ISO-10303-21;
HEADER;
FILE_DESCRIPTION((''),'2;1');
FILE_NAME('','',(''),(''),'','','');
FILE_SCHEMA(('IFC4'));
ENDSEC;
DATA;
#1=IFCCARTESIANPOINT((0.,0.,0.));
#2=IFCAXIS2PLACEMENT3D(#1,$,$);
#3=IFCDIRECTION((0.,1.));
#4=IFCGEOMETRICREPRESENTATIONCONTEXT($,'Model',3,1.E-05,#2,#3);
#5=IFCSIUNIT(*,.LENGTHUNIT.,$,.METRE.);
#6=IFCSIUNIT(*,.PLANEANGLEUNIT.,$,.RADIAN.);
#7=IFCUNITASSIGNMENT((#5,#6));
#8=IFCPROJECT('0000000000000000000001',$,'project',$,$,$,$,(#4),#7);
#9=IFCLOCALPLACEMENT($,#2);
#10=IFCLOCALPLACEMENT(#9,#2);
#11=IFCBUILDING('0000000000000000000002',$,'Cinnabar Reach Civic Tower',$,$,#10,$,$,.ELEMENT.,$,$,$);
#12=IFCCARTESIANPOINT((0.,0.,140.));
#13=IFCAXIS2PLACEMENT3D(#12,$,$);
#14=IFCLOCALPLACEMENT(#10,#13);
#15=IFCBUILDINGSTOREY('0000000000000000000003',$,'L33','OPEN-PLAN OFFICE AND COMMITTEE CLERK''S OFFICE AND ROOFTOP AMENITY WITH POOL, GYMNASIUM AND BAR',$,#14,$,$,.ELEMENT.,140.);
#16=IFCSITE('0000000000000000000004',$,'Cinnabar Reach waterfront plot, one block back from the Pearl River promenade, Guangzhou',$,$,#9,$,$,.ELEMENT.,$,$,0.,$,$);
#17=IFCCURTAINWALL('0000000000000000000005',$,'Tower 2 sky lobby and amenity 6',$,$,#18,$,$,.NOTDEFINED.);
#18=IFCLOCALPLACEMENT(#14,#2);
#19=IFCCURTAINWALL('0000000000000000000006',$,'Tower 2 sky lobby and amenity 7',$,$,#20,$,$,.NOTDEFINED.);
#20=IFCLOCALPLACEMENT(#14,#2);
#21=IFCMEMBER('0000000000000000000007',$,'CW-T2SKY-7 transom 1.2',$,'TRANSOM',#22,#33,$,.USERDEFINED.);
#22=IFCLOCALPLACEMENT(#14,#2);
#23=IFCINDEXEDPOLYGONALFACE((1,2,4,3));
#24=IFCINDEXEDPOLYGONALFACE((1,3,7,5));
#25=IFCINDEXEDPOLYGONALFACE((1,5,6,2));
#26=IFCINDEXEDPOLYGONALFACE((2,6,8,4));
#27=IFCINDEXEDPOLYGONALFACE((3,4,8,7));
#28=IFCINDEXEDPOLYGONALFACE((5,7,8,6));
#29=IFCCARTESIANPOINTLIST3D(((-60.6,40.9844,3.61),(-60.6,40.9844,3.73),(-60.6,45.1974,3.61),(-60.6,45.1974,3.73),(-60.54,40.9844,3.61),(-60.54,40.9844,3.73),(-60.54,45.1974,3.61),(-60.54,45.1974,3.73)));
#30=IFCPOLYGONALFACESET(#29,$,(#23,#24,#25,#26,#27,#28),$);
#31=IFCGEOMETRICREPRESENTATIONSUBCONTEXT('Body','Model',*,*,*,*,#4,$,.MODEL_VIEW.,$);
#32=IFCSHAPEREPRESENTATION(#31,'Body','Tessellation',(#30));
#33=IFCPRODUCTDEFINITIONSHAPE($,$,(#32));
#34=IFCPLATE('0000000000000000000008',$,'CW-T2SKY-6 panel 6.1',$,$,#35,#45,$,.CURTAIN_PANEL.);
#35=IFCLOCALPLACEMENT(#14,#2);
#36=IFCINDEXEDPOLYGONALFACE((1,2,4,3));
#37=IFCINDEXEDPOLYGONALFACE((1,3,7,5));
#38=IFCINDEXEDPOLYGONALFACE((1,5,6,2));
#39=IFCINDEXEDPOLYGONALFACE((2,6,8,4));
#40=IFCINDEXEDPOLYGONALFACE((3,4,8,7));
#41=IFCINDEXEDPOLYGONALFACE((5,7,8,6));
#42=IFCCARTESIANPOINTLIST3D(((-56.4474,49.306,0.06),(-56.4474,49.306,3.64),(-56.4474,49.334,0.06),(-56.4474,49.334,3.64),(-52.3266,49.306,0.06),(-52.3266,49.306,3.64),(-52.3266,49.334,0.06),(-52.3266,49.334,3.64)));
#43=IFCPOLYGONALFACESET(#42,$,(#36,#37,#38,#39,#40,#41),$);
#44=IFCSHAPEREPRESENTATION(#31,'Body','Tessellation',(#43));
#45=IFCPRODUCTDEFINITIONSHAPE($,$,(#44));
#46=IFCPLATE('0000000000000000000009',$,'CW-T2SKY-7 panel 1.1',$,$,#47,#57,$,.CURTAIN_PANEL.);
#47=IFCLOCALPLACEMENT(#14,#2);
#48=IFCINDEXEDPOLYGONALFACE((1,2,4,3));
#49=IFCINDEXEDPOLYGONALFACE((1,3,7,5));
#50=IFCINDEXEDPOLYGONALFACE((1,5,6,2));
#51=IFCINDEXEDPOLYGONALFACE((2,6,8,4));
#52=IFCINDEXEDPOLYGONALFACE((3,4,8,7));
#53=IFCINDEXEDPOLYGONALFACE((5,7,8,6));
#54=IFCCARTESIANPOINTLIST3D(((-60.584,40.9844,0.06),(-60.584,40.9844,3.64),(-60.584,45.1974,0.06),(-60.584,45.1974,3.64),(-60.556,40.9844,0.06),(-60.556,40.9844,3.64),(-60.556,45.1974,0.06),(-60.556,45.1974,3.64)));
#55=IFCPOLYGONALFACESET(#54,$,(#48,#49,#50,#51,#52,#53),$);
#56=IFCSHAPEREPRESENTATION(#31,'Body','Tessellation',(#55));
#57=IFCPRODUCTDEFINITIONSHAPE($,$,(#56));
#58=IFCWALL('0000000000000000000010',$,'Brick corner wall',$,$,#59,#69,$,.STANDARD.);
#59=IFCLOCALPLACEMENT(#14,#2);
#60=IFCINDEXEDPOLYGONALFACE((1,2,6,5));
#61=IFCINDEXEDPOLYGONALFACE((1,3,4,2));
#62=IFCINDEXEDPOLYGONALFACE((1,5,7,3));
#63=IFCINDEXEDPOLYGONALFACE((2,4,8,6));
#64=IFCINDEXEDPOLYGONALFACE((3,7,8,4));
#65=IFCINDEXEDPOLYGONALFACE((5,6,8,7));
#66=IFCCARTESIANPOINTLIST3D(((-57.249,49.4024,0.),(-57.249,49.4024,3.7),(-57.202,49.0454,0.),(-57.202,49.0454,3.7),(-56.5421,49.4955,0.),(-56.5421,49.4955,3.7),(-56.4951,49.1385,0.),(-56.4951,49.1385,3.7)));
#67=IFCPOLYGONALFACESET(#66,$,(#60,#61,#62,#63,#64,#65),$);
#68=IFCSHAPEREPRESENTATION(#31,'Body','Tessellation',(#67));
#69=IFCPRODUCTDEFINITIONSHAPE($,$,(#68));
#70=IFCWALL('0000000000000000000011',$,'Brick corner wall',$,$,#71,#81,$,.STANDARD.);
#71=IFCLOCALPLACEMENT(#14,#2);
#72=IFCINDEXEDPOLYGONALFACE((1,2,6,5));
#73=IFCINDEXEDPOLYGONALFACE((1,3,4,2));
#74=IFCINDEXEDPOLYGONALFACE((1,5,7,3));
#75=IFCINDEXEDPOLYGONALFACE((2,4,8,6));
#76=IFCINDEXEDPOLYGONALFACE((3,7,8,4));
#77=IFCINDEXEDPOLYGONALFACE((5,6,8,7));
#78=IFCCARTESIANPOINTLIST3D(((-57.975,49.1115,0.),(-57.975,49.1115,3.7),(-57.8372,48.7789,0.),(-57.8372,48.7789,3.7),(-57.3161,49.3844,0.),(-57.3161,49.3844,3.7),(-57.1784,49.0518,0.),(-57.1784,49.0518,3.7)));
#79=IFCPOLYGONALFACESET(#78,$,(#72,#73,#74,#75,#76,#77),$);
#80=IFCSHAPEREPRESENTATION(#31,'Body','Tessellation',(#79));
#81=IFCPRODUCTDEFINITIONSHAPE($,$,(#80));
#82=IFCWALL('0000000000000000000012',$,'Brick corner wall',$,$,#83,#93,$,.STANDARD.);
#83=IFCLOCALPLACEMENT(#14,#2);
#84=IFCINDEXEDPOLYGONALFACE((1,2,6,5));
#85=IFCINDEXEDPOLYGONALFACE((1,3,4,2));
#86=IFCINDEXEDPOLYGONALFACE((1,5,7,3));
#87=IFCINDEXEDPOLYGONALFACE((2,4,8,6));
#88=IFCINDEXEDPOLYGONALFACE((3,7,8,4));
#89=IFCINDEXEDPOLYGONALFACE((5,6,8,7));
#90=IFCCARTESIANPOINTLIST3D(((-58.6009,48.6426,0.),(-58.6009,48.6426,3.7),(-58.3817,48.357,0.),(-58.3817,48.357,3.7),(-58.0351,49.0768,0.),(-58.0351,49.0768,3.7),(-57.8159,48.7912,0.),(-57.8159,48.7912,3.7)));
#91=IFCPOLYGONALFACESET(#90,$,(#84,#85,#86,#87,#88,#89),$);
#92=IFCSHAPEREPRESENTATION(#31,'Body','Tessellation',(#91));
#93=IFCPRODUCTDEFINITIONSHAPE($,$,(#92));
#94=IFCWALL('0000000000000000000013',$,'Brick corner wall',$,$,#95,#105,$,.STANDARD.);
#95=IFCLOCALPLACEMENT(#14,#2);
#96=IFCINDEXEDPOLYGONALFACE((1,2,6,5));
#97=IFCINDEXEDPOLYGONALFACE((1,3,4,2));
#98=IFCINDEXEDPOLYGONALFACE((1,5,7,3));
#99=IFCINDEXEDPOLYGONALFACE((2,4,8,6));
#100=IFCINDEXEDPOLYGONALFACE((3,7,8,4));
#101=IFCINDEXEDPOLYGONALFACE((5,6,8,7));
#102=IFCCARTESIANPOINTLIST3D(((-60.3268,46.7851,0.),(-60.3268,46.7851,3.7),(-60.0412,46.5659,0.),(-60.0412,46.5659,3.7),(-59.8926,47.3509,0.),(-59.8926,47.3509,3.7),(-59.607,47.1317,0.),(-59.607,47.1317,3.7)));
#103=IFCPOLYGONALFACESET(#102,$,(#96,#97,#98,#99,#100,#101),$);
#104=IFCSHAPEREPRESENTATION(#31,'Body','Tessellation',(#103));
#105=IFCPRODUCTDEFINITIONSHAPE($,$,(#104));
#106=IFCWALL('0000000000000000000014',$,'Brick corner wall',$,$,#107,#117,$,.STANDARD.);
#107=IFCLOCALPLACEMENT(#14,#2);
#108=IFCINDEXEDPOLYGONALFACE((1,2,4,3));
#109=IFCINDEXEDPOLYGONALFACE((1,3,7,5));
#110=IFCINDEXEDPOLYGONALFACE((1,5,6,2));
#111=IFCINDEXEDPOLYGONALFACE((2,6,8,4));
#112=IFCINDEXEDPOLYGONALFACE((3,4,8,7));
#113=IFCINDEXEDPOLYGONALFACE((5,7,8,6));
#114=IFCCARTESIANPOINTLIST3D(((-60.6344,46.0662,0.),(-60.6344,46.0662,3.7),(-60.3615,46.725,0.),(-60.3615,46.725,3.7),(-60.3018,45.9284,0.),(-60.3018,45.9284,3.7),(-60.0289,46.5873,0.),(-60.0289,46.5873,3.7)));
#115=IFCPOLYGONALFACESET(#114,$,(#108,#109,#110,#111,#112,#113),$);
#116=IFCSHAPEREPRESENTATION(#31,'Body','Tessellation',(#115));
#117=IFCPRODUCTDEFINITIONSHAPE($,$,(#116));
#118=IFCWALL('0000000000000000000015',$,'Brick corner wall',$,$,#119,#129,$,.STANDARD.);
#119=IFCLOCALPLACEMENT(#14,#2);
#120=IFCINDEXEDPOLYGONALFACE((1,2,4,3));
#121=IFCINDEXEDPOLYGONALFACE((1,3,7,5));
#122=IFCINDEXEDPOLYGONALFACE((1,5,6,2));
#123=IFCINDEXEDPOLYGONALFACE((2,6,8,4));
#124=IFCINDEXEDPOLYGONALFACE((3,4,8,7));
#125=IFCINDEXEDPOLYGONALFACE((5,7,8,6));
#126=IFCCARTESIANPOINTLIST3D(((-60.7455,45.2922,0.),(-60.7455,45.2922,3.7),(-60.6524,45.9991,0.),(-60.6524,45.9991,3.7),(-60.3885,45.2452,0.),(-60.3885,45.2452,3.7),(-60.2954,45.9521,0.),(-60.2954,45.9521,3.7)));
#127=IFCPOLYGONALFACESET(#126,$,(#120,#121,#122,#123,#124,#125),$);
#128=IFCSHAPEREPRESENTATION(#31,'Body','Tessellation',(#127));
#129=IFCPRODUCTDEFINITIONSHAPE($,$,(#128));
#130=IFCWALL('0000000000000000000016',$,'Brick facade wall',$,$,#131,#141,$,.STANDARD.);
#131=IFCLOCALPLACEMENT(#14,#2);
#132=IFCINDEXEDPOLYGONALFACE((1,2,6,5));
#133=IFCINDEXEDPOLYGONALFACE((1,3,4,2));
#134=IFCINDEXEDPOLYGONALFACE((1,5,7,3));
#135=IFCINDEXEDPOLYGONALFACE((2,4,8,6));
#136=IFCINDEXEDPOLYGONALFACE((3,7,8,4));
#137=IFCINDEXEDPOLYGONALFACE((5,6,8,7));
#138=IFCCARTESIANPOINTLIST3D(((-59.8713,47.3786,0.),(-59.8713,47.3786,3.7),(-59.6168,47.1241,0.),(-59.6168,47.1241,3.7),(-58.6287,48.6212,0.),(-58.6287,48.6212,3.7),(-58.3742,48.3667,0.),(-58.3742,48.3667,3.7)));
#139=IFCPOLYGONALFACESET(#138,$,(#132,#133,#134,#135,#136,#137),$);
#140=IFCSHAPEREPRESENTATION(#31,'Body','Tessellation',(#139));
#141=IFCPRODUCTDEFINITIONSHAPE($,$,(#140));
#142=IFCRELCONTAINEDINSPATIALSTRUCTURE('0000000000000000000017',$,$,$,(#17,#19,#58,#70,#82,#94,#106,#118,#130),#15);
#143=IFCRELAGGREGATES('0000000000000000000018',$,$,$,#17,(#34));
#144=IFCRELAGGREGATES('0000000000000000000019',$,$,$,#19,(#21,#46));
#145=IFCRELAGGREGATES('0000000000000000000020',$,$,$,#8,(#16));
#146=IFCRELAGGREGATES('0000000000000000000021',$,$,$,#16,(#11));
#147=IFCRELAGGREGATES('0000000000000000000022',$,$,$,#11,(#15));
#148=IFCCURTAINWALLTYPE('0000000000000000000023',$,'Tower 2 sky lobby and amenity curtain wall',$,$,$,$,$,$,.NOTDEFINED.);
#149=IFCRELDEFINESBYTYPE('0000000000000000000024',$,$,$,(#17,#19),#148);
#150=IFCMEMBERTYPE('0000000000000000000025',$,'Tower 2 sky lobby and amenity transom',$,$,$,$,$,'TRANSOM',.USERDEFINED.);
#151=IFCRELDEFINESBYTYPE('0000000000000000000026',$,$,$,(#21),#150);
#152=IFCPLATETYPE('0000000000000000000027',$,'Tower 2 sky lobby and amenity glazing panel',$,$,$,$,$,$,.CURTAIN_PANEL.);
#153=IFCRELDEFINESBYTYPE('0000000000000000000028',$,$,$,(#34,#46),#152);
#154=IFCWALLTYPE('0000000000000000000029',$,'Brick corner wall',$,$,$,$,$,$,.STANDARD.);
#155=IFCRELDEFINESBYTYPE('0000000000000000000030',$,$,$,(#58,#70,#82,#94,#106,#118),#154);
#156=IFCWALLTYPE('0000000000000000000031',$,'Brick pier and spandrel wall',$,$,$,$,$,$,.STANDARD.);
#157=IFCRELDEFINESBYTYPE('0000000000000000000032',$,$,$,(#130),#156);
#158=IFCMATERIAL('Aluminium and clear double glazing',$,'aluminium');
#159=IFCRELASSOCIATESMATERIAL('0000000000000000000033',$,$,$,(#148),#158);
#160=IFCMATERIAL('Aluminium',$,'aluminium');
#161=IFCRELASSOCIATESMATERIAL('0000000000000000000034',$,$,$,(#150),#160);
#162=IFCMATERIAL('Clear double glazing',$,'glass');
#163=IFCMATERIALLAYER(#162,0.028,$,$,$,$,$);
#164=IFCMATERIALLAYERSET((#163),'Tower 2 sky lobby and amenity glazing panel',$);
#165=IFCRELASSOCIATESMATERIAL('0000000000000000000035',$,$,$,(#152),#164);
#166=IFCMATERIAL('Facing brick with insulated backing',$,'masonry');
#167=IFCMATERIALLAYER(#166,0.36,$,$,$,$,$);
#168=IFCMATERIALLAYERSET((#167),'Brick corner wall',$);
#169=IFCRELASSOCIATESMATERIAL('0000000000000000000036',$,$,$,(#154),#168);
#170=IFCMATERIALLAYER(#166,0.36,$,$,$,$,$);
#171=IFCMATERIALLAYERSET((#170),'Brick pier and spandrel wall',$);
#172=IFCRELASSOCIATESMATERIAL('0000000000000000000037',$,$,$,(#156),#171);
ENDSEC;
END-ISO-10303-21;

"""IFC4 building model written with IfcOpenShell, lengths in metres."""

from ifc_helpers import new_model, si_unit, direction, frame, frame_2d, origin, origin_2d, place, context, subcontext, project, spatial, rectangle, extrude, material, layer, layer_set, material_profile, profile_set, type_object, element, aggregate, save


model = new_model("IFC4")

# Units and contexts
model_context = context("Model", 3, precision=1e-05, world=origin(), true_north=direction((0.0, 1.0)))
body_context = subcontext(model_context, "Body", "Model", "MODEL_VIEW")
ifc_project = project(units=[si_unit("LENGTHUNIT", "METRE"), si_unit("PLANEANGLEUNIT", "RADIAN")], contexts=[model_context])

# Site, building, storey
site_placement = place(None, origin())
site = spatial("IfcSite", under=ifc_project, at=site_placement, Name="Cinnabar Reach waterfront plot, one block back from the Pearl River promenade, Guangzhou", CompositionType="ELEMENT", RefElevation=0.0)
building_placement = place(site_placement, origin())
building = spatial("IfcBuilding", under=site, at=building_placement, Name="Cinnabar Reach Civic Tower", CompositionType="ELEMENT")
storey_placement = place(building_placement, frame((0.0, 0.0, 140.0)))
storey = spatial("IfcBuildingStorey", under=building, at=storey_placement, Name="L33", Description="OPEN-PLAN OFFICE AND COMMITTEE CLERK'S OFFICE AND ROOFTOP AMENITY WITH POOL, GYMNASIUM AND BAR", CompositionType="ELEMENT", Elevation=140.0)

# Curtain wall
ifc_material_1 = material(Name="Aluminium and clear double glazing", Category="aluminium")
curtain_wall_type = type_object("IfcCurtainWallType", Name="Tower 2 sky lobby and amenity curtain wall", PredefinedType="NOTDEFINED", material=ifc_material_1)
curtain_wall_1_placement = place(storey_placement, origin())
curtain_wall_1 = element("IfcCurtainWall", 1, at=curtain_wall_1_placement, inside=storey, type_object=curtain_wall_type, Name="Tower 2 sky lobby and amenity 6", PredefinedType="NOTDEFINED")
ifc_material_2 = material(Name="Aluminium", Category="aluminium")

# Curtain wall, member
curtain_wall_2_placement = place(storey_placement, origin())
curtain_wall_2 = element("IfcCurtainWall", 2, at=curtain_wall_2_placement, inside=storey, type_object=curtain_wall_type, Name="Tower 2 sky lobby and amenity 7", PredefinedType="NOTDEFINED")
ifc_material_profile_1 = material_profile(ifc_material_2, rectangle(XDim=0.06, YDim=0.12, at=origin_2d()), Name="Tower 2 sky lobby and amenity transom")
ifc_profile_set_1 = profile_set([ifc_material_profile_1], Name="Aluminium")
member_type_1 = type_object("IfcMemberType", Name="Tower 2 sky lobby and amenity transom", ElementType="TRANSOM", PredefinedType="USERDEFINED", material=ifc_profile_set_1)
member_1_placement = place(storey_placement, frame((-60.57, 45.1974, 3.67), z_axis=(0.0, -1.0, 0.0), x_axis=(1.0, 0.0, 0.0)))
member_1 = element("IfcMember", 3, at=member_1_placement, type_object=member_type_1, Name="CW-T2SKY-7 transom 1.2", ObjectType="TRANSOM", PredefinedType="USERDEFINED", context=body_context, shape_type="SweptSolid", body=[
    extrude(rectangle(XDim=0.06, YDim=0.12, at=origin_2d()), origin(), (0.0, 0.0, 1.0), 4.213),
])

# Plates
ifc_material_3 = material(Name="Clear double glazing", Category="glass")
ifc_layer_1 = layer(ifc_material_3, 0.028)
ifc_layer_set_1 = layer_set([ifc_layer_1], Name="Tower 2 sky lobby and amenity glazing panel")
plate_type = type_object("IfcPlateType", Name="Tower 2 sky lobby and amenity glazing panel", PredefinedType="CURTAIN_PANEL", material=ifc_layer_set_1)
plate_1_placement = place(storey_placement, frame((-54.387, 49.32, 0.06), z_axis=(0.0, 0.0, 1.0), x_axis=(-1.0, 0.0, 0.0)))
plate_1 = element("IfcPlate", 4, at=plate_1_placement, type_object=plate_type, Name="CW-T2SKY-6 panel 6.1", PredefinedType="CURTAIN_PANEL", context=body_context, shape_type="SweptSolid", body=[
    extrude(rectangle(XDim=4.1208, YDim=0.028, at=origin_2d()), origin(), (0.0, 0.0, 1.0), 3.58),
])
aggregate(curtain_wall_1, [plate_1])
plate_2_placement = place(storey_placement, frame((-60.57, 43.0909, 0.06), z_axis=(0.0, 0.0, 1.0), x_axis=(0.0, -1.0, 0.0)))
plate_2 = element("IfcPlate", 5, at=plate_2_placement, type_object=plate_type, Name="CW-T2SKY-7 panel 1.1", PredefinedType="CURTAIN_PANEL", context=body_context, shape_type="SweptSolid", body=[
    extrude(rectangle(XDim=4.213, YDim=0.028, at=origin_2d()), origin(), (0.0, 0.0, 1.0), 3.58),
])
aggregate(curtain_wall_2, [member_1, plate_2])

# Walls
ifc_material_4 = material(Name="Facing brick with insulated backing", Category="masonry")
ifc_layer_2 = layer(ifc_material_4, 0.36)
ifc_layer_set_2 = layer_set([ifc_layer_2], Name="Brick corner wall")
wall_type_1 = type_object("IfcWallType", Name="Brick corner wall", PredefinedType="STANDARD", material=ifc_layer_set_2)
for number, where, z_axis, x_axis, name in (
    (6, (-56.5186, 49.317, 0.0), (0.0, 0.0, 1.0), (-0.991441, -0.130556, 0.0), "Brick corner wall"),
    (7, (-57.2473, 49.2181, 0.0), (0.0, 0.0, 1.0), (-0.923872, -0.382703, 0.0), "Brick corner wall"),
):
    element("IfcWall", number, at=place(storey_placement, frame(where, z_axis=z_axis, x_axis=x_axis)), inside=storey, type_object=wall_type_1, Name=name, PredefinedType="STANDARD", context=body_context, shape_type="SweptSolid", body=[
        extrude(rectangle(XDim=0.7131, YDim=0.36, at=frame_2d((0.3565, 0.0))), origin(), (0.0, 0.0, 1.0), 3.7),
    ])
for number, where, z_axis, x_axis, name in (
    (8, (-57.9255, 48.934, 0.0), (0.0, 0.0, 1.0), (-0.793322, -0.608802, 0.0), "Brick corner wall"),
    (9, (-59.7498, 47.2413, 0.0), (0.0, 0.0, 1.0), (-0.608802, -0.793322, 0.0), "Brick corner wall"),
):
    element("IfcWall", number, at=place(storey_placement, frame(where, z_axis=z_axis, x_axis=x_axis)), inside=storey, type_object=wall_type_1, Name=name, PredefinedType="STANDARD", context=body_context, shape_type="SweptSolid", body=[
        extrude(rectangle(XDim=0.7132, YDim=0.36, at=frame_2d((0.3566, 0.0))), origin(), (0.0, 0.0, 1.0), 3.7),
    ])
for number, where, z_axis, x_axis, name in (
    (10, (-60.1952, 46.6561, 0.0), (0.0, 0.0, 1.0), (-0.382703, -0.923872, 0.0), "Brick corner wall"),
    (11, (-60.4739, 45.9756, 0.0), (0.0, 0.0, 1.0), (-0.130556, -0.991441, 0.0), "Brick corner wall"),
):
    element("IfcWall", number, at=place(storey_placement, frame(where, z_axis=z_axis, x_axis=x_axis)), inside=storey, type_object=wall_type_1, Name=name, PredefinedType="STANDARD", context=body_context, shape_type="SweptSolid", body=[
        extrude(rectangle(XDim=0.7131, YDim=0.36, at=frame_2d((0.3565, 0.0))), origin(), (0.0, 0.0, 1.0), 3.7),
    ])
ifc_layer_3 = layer(ifc_material_4, 0.36)
ifc_layer_set_3 = layer_set([ifc_layer_3], Name="Brick pier and spandrel wall")
wall_type_2 = type_object("IfcWallType", Name="Brick pier and spandrel wall", PredefinedType="STANDARD", material=ifc_layer_set_3)
wall_placement = place(storey_placement, frame((-58.5014, 48.494, 0.0), z_axis=(0.0, 0.0, 1.0), x_axis=(-0.707107, -0.707107, 0.0)))
element("IfcWall", 12, at=wall_placement, inside=storey, type_object=wall_type_2, Name="Brick facade wall", PredefinedType="STANDARD", context=body_context, shape_type="SweptSolid", body=[
    extrude(rectangle(XDim=1.7573, YDim=0.36, at=frame_2d((0.8787, 0.0))), origin(), (0.0, 0.0, 1.0), 3.7),
])

save(model, "model.ifc")
